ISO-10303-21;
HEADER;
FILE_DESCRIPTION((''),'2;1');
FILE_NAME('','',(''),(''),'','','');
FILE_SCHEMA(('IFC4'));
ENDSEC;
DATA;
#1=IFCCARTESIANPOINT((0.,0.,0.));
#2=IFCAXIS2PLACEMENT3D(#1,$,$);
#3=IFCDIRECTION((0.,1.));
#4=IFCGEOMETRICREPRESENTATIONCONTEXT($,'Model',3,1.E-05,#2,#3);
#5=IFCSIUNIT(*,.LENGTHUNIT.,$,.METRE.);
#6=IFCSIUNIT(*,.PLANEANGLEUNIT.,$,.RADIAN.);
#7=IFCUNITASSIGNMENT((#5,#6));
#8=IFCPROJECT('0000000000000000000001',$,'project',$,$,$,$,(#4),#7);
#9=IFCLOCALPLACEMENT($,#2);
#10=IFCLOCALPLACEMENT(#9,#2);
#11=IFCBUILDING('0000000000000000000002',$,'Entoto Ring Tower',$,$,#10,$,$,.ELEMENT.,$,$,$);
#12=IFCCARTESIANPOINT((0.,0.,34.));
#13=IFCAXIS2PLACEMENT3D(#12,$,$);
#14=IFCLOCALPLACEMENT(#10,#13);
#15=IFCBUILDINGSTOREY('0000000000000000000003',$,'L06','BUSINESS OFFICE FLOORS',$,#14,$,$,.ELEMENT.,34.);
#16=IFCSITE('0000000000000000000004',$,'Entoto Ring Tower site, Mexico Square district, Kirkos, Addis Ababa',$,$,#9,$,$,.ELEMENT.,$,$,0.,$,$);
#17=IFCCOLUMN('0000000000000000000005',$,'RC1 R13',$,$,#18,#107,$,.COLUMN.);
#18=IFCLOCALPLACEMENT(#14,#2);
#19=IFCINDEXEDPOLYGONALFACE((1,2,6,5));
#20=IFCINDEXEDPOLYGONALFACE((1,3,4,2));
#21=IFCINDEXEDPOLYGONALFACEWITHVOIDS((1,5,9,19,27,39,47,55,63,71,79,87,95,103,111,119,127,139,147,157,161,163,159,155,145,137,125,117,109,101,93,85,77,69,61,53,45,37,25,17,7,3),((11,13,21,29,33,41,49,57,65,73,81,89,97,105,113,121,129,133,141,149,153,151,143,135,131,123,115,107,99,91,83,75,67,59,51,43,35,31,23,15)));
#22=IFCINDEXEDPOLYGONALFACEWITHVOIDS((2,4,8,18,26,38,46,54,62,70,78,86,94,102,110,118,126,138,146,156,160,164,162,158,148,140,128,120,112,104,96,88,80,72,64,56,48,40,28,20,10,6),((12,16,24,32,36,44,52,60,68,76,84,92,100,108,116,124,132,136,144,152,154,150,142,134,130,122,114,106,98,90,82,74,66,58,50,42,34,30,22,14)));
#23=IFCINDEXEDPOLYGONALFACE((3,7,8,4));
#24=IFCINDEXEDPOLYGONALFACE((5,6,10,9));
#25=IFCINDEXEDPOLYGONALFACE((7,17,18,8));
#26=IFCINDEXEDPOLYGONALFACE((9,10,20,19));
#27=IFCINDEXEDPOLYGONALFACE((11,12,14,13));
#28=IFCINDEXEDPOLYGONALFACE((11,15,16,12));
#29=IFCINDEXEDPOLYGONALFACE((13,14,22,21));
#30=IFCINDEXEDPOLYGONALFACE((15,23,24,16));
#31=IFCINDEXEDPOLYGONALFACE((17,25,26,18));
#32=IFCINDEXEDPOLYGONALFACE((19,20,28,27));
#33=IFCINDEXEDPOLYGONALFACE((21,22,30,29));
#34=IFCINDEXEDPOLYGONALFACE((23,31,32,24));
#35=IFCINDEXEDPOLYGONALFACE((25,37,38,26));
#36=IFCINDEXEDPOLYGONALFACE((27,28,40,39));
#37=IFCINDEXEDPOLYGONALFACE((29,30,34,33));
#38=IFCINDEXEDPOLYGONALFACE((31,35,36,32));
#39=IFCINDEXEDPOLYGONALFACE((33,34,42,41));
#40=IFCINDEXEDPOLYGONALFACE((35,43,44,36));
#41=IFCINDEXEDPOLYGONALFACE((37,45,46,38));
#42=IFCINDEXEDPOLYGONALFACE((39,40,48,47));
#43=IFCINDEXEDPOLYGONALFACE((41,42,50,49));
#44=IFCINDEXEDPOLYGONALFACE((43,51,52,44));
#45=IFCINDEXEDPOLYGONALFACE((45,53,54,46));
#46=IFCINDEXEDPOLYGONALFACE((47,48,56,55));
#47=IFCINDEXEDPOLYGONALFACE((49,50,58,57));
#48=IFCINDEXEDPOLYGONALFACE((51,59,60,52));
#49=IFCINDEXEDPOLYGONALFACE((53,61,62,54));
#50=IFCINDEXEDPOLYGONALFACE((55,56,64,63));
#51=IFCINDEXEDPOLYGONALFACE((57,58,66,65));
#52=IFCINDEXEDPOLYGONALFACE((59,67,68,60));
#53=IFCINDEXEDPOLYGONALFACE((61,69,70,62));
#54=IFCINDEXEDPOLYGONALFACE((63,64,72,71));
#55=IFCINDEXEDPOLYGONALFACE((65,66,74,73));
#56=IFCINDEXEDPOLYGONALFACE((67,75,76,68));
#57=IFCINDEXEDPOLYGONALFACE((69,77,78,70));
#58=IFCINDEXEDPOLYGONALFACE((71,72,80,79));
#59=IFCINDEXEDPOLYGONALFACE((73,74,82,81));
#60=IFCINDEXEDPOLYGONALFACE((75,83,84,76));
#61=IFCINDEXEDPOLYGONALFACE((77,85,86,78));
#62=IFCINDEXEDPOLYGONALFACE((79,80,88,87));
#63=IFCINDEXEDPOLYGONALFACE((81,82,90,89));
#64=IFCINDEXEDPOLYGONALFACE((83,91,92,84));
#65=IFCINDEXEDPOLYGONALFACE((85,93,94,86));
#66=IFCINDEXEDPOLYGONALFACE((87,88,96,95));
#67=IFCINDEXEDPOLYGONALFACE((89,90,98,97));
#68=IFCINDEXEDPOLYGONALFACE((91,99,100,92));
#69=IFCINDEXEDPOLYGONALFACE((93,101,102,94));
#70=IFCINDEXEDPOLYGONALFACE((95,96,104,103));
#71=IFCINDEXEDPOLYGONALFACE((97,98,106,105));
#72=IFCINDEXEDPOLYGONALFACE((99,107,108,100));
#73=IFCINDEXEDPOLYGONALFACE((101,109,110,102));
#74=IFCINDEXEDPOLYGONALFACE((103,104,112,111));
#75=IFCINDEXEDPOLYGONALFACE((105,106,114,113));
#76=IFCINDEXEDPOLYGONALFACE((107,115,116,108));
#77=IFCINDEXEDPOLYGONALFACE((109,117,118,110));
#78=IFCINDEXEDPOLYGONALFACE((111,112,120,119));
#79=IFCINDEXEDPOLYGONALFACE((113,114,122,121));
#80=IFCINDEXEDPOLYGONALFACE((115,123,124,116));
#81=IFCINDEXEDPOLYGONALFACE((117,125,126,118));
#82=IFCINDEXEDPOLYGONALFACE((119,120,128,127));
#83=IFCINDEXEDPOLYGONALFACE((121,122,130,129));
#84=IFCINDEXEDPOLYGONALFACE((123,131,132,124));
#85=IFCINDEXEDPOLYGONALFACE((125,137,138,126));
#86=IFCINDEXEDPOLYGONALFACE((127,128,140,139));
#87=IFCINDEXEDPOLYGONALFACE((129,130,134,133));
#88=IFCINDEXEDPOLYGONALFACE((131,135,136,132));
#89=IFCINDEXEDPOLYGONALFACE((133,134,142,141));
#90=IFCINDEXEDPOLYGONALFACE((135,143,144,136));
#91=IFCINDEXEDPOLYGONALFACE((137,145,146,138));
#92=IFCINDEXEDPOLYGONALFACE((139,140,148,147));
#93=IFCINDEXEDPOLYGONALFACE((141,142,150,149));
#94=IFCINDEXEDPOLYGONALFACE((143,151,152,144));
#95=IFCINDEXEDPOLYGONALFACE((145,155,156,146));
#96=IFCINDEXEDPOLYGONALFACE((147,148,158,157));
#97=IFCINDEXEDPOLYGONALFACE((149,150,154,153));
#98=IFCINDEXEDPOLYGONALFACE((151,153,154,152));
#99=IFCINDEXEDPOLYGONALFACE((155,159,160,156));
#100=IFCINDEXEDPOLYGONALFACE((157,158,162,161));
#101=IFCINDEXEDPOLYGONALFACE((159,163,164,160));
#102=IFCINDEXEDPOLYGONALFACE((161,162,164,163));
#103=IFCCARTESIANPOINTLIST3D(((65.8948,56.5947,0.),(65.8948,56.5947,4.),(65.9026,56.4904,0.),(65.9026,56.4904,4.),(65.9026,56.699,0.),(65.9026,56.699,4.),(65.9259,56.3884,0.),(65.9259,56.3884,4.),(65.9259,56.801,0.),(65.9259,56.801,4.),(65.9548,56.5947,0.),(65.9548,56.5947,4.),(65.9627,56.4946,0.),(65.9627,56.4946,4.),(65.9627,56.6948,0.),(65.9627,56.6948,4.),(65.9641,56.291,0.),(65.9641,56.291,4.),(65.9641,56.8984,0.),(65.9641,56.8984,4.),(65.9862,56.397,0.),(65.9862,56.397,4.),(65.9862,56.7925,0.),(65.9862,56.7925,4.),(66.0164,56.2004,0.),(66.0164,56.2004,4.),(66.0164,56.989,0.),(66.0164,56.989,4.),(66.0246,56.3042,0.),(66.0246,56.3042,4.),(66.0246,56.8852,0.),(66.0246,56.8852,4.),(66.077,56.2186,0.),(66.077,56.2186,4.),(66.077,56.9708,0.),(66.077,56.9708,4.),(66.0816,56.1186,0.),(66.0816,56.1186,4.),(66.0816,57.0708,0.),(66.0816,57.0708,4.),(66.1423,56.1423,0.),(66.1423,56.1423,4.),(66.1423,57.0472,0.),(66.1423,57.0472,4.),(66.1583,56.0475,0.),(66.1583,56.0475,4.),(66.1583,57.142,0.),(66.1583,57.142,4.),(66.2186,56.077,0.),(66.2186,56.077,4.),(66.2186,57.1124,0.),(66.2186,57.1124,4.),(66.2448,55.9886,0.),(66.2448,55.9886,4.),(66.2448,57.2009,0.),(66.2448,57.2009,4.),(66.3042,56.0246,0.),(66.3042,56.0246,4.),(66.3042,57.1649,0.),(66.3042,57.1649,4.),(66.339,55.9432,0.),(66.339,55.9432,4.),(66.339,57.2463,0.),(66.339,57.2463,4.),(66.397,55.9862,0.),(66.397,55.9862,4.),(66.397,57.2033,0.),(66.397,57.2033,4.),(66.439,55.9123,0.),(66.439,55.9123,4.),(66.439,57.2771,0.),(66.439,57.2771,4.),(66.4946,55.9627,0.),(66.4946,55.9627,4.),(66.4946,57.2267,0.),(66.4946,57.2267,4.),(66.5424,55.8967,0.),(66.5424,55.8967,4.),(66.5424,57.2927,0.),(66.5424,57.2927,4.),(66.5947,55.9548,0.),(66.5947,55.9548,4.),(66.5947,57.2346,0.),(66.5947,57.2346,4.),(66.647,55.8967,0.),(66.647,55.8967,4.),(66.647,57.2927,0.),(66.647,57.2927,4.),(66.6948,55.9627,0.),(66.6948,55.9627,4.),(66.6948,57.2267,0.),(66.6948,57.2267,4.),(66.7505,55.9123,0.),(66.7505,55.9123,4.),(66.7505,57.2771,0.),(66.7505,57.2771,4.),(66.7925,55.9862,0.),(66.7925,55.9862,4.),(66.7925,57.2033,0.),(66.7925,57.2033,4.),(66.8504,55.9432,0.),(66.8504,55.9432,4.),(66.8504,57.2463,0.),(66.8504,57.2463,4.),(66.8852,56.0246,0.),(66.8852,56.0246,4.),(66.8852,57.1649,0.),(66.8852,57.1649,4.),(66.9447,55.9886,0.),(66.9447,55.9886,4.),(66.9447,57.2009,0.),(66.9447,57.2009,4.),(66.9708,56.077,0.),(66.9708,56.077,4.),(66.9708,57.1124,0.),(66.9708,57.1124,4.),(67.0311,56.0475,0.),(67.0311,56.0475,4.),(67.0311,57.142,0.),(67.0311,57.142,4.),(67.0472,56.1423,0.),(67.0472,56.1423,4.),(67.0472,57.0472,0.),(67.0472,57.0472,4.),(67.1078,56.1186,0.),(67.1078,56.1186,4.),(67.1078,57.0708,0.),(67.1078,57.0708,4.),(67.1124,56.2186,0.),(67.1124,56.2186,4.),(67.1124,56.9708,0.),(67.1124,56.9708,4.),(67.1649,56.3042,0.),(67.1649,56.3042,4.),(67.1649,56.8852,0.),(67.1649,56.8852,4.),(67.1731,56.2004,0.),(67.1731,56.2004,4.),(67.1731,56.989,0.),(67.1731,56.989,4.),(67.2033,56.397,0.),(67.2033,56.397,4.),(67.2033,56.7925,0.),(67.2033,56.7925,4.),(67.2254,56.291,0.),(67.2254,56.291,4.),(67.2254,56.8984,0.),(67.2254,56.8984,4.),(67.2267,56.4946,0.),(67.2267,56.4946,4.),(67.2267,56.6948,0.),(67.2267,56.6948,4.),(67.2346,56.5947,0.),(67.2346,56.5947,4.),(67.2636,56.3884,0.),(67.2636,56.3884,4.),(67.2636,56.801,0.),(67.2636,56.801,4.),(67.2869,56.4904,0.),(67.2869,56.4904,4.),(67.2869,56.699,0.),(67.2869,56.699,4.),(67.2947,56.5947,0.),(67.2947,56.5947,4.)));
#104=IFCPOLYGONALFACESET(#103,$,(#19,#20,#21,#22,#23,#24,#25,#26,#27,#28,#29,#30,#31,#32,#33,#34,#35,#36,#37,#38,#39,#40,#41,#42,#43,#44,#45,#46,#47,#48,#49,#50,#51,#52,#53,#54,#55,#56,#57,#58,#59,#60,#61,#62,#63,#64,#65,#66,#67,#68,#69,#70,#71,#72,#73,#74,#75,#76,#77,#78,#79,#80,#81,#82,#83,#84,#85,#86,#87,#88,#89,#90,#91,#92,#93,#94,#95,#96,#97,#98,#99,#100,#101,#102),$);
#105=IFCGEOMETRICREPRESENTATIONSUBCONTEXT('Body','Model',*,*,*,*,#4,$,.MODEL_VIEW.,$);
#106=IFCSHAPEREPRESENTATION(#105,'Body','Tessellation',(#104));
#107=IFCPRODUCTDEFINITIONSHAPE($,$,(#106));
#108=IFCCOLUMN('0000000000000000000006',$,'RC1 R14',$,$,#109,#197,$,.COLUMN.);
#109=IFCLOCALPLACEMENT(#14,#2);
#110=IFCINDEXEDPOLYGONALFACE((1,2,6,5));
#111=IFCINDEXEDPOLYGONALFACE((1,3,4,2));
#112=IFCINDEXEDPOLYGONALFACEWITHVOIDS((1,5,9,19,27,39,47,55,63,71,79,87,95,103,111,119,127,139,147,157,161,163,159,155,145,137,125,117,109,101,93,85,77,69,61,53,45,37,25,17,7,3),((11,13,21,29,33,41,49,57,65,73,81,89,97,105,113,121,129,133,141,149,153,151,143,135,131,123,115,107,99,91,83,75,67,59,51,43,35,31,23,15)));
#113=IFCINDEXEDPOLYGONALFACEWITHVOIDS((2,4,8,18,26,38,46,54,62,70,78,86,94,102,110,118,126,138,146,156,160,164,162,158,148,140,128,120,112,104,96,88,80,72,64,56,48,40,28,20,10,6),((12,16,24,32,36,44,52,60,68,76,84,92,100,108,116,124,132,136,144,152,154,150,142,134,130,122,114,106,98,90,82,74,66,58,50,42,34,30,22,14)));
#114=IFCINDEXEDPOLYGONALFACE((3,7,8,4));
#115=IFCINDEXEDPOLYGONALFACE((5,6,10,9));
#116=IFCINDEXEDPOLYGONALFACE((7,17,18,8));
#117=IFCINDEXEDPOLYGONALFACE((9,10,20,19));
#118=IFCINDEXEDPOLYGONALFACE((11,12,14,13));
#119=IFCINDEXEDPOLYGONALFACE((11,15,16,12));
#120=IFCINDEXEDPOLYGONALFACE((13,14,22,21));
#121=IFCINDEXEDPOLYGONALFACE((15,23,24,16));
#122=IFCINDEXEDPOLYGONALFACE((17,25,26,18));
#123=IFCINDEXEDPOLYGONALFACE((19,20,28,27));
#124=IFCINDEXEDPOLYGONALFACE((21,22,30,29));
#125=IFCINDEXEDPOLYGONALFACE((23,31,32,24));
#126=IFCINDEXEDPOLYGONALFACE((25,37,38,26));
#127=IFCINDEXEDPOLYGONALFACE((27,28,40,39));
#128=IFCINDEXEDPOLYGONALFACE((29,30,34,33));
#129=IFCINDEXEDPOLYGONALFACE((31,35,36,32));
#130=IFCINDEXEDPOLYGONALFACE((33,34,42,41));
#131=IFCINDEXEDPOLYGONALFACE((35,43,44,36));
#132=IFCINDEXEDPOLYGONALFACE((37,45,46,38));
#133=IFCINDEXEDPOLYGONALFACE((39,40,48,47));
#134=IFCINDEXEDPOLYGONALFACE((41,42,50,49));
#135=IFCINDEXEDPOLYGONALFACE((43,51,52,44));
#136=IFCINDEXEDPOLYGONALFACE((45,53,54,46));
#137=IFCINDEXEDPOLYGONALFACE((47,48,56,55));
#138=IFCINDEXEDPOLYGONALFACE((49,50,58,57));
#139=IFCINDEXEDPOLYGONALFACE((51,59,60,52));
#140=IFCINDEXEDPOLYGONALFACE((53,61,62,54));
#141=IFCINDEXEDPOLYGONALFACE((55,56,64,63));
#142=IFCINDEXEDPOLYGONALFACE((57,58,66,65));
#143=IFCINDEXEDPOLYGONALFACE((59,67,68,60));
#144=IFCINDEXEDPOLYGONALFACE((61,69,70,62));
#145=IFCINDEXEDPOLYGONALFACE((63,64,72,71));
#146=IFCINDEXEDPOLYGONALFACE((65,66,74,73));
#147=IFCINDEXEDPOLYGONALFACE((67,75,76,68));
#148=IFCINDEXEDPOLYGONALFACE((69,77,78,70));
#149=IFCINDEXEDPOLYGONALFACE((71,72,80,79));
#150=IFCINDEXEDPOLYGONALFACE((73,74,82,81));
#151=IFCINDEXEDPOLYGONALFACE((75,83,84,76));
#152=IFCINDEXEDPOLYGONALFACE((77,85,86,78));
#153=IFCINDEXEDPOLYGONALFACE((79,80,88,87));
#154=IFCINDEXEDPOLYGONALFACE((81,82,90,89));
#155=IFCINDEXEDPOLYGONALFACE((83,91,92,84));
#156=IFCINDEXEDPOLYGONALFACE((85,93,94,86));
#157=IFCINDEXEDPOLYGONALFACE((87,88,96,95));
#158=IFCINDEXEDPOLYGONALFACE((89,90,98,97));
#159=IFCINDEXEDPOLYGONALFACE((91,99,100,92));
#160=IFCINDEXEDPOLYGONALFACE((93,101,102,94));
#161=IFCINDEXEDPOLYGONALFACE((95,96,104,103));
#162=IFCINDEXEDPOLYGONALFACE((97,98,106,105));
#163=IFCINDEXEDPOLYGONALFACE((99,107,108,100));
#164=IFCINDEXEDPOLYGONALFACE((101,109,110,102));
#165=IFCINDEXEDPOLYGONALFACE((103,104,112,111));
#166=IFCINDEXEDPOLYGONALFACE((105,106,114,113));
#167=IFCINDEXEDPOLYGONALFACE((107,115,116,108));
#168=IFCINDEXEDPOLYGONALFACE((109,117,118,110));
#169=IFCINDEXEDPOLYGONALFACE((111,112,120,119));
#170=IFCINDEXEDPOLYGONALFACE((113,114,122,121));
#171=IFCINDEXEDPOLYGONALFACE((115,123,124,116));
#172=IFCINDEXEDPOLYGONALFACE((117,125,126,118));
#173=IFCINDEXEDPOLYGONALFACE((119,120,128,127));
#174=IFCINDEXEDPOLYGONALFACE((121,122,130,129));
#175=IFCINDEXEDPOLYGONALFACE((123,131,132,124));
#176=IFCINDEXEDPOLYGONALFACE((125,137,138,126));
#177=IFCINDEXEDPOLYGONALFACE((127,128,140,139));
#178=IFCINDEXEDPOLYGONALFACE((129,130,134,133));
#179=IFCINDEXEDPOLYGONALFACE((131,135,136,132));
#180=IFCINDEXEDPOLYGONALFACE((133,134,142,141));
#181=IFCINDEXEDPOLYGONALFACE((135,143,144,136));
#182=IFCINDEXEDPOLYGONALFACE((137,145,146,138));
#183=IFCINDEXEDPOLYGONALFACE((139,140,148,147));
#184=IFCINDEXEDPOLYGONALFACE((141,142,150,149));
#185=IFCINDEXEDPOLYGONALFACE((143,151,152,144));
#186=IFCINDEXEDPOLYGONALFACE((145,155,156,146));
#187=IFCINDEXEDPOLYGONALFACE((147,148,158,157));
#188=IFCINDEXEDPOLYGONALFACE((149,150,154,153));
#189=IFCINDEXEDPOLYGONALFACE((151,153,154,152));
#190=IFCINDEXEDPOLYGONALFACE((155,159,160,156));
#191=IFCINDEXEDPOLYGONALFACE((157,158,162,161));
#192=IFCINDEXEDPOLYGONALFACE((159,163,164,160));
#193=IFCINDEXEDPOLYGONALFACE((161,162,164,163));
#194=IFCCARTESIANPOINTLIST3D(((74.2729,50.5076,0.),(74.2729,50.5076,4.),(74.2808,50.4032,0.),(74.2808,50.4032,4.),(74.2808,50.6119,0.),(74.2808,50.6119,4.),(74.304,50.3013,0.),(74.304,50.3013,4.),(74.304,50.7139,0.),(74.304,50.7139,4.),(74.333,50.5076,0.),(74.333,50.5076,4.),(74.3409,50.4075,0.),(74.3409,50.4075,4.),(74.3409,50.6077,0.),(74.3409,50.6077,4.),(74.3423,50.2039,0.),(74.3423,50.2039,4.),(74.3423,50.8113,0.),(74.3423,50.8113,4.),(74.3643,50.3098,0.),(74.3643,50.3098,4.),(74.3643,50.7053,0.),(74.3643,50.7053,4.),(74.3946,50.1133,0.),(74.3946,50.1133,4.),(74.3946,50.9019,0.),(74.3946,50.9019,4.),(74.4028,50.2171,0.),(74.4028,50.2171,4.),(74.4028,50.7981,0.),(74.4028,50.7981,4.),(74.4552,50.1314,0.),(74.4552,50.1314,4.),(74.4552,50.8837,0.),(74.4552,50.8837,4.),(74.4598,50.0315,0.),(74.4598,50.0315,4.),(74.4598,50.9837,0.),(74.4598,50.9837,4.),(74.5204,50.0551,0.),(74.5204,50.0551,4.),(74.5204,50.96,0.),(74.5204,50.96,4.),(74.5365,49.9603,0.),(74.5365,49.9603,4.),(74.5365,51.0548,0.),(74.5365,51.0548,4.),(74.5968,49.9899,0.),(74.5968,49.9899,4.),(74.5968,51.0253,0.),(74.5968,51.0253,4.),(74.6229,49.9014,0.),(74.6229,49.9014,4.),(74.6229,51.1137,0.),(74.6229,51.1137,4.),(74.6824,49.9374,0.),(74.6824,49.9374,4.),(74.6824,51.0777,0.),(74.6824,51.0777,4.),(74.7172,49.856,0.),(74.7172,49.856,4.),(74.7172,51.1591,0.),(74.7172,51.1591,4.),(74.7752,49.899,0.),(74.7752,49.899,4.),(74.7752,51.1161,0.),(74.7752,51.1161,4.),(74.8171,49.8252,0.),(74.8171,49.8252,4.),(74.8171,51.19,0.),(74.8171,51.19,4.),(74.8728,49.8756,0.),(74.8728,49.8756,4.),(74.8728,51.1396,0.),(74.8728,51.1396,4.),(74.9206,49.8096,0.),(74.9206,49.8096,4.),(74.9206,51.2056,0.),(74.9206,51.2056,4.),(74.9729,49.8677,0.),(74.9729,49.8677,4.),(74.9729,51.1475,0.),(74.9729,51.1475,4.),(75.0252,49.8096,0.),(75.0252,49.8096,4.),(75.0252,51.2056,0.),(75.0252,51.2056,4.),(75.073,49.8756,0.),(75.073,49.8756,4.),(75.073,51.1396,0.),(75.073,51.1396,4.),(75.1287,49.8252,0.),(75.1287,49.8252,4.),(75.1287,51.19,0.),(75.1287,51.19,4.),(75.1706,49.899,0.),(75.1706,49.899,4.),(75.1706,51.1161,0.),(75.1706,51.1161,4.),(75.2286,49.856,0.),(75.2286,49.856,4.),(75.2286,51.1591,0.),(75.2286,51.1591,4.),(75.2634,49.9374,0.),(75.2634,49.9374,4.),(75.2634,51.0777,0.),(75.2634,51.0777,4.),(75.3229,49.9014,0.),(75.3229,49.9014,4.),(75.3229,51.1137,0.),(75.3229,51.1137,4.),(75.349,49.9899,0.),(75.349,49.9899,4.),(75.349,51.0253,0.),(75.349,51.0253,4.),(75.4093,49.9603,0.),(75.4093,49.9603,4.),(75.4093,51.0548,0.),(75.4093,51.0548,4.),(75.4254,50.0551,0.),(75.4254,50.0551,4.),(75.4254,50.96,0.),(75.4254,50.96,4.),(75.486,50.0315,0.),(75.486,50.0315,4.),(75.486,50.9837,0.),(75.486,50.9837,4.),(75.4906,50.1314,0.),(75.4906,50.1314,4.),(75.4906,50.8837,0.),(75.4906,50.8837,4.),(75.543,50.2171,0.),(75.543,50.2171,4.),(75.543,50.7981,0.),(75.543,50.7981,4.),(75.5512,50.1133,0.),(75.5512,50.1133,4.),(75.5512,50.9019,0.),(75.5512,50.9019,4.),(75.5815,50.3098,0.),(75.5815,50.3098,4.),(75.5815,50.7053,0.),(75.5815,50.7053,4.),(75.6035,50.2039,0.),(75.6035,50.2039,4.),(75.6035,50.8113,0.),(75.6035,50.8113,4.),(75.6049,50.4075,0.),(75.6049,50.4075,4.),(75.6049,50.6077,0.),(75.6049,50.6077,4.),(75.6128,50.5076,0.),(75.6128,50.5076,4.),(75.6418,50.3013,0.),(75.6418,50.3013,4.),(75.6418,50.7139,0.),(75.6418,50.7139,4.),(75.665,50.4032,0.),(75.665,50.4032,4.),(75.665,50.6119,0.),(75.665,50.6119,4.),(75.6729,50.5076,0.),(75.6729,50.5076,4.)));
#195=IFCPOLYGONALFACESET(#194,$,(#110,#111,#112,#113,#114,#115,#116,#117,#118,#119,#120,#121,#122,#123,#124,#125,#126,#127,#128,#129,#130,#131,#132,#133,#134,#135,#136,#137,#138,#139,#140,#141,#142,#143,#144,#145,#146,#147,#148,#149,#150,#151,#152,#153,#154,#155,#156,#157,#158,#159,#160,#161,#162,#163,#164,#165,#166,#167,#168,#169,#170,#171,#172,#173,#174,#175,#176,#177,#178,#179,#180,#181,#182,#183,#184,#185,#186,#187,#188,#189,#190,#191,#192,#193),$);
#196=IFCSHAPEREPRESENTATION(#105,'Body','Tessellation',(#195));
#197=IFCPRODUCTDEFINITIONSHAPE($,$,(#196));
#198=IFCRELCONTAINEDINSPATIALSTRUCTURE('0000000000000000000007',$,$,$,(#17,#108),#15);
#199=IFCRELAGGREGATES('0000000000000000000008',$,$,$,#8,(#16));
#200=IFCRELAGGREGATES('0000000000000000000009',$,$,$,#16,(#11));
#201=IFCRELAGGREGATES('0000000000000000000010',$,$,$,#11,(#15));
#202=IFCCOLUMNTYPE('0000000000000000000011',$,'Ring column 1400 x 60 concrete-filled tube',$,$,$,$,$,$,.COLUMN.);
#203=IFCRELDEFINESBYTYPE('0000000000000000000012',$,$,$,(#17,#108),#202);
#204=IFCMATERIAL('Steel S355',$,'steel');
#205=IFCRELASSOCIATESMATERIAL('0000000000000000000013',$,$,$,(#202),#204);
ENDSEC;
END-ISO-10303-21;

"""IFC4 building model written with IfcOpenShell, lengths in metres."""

from ifc_helpers import new_model, si_unit, direction, frame, origin, origin_2d, place, context, subcontext, project, spatial, circle, hollow_circle, extrude, material, material_profile, profile_set, type_object, element, save


model = new_model("IFC4")

# Units and contexts
model_context = context("Model", 3, precision=1e-05, world=origin(), true_north=direction((0.0, 1.0)))
body_context = subcontext(model_context, "Body", "Model", "MODEL_VIEW")
ifc_project = project(units=[si_unit("LENGTHUNIT", "METRE"), si_unit("PLANEANGLEUNIT", "RADIAN")], contexts=[model_context])

# Site, building, storey
site_placement = place(None, origin())
site = spatial("IfcSite", under=ifc_project, at=site_placement, Name="Entoto Ring Tower site, Mexico Square district, Kirkos, Addis Ababa", CompositionType="ELEMENT", RefElevation=0.0)
building_placement = place(site_placement, origin())
building = spatial("IfcBuilding", under=site, at=building_placement, Name="Entoto Ring Tower", CompositionType="ELEMENT")
storey_placement = place(building_placement, frame((0.0, 0.0, 34.0)))
storey = spatial("IfcBuildingStorey", under=building, at=storey_placement, Name="L06", Description="BUSINESS OFFICE FLOORS", CompositionType="ELEMENT", Elevation=34.0)

# Columns
ifc_material_1 = material(Name="Steel S355", Category="steel")
ifc_material_profile_1 = material_profile(ifc_material_1, hollow_circle(Radius=0.7, WallThickness=0.0601, at=origin_2d()), Name="CHS 1400 x 60")
ifc_material_2 = material(Name="Concrete C60/75", Category="concrete")
ifc_material_profile_2 = material_profile(ifc_material_2, circle(Radius=0.6399, at=origin_2d()), Name="Concrete C60/75 infill")
ifc_profile_set_1 = profile_set([ifc_material_profile_1, ifc_material_profile_2], Name="Steel S355")
column_type = type_object("IfcColumnType", Name="Ring column 1400 x 60 concrete-filled tube", PredefinedType="COLUMN", material=ifc_profile_set_1)
for number, where, z_axis, x_axis, name in (
    (1, (66.5947, 56.5947, 0.0), (0.0, 0.0, 1.0), (1.0, 0.0, 0.0), "RC1 R13"),
    (2, (74.9729, 50.5076, 0.0), (0.0, 0.0, 1.0), (1.0, 0.0, 0.0), "RC1 R14"),
):
    element("IfcColumn", number, at=place(storey_placement, frame(where, z_axis=z_axis, x_axis=x_axis)), inside=storey, type_object=column_type, Name=name, PredefinedType="COLUMN", context=body_context, shape_type="SweptSolid", body=[
        extrude(hollow_circle(Radius=0.7, WallThickness=0.0601, at=origin_2d()), origin(), (0.0, 0.0, 1.0), 4.0),
    ])

save(model, "model.ifc")
